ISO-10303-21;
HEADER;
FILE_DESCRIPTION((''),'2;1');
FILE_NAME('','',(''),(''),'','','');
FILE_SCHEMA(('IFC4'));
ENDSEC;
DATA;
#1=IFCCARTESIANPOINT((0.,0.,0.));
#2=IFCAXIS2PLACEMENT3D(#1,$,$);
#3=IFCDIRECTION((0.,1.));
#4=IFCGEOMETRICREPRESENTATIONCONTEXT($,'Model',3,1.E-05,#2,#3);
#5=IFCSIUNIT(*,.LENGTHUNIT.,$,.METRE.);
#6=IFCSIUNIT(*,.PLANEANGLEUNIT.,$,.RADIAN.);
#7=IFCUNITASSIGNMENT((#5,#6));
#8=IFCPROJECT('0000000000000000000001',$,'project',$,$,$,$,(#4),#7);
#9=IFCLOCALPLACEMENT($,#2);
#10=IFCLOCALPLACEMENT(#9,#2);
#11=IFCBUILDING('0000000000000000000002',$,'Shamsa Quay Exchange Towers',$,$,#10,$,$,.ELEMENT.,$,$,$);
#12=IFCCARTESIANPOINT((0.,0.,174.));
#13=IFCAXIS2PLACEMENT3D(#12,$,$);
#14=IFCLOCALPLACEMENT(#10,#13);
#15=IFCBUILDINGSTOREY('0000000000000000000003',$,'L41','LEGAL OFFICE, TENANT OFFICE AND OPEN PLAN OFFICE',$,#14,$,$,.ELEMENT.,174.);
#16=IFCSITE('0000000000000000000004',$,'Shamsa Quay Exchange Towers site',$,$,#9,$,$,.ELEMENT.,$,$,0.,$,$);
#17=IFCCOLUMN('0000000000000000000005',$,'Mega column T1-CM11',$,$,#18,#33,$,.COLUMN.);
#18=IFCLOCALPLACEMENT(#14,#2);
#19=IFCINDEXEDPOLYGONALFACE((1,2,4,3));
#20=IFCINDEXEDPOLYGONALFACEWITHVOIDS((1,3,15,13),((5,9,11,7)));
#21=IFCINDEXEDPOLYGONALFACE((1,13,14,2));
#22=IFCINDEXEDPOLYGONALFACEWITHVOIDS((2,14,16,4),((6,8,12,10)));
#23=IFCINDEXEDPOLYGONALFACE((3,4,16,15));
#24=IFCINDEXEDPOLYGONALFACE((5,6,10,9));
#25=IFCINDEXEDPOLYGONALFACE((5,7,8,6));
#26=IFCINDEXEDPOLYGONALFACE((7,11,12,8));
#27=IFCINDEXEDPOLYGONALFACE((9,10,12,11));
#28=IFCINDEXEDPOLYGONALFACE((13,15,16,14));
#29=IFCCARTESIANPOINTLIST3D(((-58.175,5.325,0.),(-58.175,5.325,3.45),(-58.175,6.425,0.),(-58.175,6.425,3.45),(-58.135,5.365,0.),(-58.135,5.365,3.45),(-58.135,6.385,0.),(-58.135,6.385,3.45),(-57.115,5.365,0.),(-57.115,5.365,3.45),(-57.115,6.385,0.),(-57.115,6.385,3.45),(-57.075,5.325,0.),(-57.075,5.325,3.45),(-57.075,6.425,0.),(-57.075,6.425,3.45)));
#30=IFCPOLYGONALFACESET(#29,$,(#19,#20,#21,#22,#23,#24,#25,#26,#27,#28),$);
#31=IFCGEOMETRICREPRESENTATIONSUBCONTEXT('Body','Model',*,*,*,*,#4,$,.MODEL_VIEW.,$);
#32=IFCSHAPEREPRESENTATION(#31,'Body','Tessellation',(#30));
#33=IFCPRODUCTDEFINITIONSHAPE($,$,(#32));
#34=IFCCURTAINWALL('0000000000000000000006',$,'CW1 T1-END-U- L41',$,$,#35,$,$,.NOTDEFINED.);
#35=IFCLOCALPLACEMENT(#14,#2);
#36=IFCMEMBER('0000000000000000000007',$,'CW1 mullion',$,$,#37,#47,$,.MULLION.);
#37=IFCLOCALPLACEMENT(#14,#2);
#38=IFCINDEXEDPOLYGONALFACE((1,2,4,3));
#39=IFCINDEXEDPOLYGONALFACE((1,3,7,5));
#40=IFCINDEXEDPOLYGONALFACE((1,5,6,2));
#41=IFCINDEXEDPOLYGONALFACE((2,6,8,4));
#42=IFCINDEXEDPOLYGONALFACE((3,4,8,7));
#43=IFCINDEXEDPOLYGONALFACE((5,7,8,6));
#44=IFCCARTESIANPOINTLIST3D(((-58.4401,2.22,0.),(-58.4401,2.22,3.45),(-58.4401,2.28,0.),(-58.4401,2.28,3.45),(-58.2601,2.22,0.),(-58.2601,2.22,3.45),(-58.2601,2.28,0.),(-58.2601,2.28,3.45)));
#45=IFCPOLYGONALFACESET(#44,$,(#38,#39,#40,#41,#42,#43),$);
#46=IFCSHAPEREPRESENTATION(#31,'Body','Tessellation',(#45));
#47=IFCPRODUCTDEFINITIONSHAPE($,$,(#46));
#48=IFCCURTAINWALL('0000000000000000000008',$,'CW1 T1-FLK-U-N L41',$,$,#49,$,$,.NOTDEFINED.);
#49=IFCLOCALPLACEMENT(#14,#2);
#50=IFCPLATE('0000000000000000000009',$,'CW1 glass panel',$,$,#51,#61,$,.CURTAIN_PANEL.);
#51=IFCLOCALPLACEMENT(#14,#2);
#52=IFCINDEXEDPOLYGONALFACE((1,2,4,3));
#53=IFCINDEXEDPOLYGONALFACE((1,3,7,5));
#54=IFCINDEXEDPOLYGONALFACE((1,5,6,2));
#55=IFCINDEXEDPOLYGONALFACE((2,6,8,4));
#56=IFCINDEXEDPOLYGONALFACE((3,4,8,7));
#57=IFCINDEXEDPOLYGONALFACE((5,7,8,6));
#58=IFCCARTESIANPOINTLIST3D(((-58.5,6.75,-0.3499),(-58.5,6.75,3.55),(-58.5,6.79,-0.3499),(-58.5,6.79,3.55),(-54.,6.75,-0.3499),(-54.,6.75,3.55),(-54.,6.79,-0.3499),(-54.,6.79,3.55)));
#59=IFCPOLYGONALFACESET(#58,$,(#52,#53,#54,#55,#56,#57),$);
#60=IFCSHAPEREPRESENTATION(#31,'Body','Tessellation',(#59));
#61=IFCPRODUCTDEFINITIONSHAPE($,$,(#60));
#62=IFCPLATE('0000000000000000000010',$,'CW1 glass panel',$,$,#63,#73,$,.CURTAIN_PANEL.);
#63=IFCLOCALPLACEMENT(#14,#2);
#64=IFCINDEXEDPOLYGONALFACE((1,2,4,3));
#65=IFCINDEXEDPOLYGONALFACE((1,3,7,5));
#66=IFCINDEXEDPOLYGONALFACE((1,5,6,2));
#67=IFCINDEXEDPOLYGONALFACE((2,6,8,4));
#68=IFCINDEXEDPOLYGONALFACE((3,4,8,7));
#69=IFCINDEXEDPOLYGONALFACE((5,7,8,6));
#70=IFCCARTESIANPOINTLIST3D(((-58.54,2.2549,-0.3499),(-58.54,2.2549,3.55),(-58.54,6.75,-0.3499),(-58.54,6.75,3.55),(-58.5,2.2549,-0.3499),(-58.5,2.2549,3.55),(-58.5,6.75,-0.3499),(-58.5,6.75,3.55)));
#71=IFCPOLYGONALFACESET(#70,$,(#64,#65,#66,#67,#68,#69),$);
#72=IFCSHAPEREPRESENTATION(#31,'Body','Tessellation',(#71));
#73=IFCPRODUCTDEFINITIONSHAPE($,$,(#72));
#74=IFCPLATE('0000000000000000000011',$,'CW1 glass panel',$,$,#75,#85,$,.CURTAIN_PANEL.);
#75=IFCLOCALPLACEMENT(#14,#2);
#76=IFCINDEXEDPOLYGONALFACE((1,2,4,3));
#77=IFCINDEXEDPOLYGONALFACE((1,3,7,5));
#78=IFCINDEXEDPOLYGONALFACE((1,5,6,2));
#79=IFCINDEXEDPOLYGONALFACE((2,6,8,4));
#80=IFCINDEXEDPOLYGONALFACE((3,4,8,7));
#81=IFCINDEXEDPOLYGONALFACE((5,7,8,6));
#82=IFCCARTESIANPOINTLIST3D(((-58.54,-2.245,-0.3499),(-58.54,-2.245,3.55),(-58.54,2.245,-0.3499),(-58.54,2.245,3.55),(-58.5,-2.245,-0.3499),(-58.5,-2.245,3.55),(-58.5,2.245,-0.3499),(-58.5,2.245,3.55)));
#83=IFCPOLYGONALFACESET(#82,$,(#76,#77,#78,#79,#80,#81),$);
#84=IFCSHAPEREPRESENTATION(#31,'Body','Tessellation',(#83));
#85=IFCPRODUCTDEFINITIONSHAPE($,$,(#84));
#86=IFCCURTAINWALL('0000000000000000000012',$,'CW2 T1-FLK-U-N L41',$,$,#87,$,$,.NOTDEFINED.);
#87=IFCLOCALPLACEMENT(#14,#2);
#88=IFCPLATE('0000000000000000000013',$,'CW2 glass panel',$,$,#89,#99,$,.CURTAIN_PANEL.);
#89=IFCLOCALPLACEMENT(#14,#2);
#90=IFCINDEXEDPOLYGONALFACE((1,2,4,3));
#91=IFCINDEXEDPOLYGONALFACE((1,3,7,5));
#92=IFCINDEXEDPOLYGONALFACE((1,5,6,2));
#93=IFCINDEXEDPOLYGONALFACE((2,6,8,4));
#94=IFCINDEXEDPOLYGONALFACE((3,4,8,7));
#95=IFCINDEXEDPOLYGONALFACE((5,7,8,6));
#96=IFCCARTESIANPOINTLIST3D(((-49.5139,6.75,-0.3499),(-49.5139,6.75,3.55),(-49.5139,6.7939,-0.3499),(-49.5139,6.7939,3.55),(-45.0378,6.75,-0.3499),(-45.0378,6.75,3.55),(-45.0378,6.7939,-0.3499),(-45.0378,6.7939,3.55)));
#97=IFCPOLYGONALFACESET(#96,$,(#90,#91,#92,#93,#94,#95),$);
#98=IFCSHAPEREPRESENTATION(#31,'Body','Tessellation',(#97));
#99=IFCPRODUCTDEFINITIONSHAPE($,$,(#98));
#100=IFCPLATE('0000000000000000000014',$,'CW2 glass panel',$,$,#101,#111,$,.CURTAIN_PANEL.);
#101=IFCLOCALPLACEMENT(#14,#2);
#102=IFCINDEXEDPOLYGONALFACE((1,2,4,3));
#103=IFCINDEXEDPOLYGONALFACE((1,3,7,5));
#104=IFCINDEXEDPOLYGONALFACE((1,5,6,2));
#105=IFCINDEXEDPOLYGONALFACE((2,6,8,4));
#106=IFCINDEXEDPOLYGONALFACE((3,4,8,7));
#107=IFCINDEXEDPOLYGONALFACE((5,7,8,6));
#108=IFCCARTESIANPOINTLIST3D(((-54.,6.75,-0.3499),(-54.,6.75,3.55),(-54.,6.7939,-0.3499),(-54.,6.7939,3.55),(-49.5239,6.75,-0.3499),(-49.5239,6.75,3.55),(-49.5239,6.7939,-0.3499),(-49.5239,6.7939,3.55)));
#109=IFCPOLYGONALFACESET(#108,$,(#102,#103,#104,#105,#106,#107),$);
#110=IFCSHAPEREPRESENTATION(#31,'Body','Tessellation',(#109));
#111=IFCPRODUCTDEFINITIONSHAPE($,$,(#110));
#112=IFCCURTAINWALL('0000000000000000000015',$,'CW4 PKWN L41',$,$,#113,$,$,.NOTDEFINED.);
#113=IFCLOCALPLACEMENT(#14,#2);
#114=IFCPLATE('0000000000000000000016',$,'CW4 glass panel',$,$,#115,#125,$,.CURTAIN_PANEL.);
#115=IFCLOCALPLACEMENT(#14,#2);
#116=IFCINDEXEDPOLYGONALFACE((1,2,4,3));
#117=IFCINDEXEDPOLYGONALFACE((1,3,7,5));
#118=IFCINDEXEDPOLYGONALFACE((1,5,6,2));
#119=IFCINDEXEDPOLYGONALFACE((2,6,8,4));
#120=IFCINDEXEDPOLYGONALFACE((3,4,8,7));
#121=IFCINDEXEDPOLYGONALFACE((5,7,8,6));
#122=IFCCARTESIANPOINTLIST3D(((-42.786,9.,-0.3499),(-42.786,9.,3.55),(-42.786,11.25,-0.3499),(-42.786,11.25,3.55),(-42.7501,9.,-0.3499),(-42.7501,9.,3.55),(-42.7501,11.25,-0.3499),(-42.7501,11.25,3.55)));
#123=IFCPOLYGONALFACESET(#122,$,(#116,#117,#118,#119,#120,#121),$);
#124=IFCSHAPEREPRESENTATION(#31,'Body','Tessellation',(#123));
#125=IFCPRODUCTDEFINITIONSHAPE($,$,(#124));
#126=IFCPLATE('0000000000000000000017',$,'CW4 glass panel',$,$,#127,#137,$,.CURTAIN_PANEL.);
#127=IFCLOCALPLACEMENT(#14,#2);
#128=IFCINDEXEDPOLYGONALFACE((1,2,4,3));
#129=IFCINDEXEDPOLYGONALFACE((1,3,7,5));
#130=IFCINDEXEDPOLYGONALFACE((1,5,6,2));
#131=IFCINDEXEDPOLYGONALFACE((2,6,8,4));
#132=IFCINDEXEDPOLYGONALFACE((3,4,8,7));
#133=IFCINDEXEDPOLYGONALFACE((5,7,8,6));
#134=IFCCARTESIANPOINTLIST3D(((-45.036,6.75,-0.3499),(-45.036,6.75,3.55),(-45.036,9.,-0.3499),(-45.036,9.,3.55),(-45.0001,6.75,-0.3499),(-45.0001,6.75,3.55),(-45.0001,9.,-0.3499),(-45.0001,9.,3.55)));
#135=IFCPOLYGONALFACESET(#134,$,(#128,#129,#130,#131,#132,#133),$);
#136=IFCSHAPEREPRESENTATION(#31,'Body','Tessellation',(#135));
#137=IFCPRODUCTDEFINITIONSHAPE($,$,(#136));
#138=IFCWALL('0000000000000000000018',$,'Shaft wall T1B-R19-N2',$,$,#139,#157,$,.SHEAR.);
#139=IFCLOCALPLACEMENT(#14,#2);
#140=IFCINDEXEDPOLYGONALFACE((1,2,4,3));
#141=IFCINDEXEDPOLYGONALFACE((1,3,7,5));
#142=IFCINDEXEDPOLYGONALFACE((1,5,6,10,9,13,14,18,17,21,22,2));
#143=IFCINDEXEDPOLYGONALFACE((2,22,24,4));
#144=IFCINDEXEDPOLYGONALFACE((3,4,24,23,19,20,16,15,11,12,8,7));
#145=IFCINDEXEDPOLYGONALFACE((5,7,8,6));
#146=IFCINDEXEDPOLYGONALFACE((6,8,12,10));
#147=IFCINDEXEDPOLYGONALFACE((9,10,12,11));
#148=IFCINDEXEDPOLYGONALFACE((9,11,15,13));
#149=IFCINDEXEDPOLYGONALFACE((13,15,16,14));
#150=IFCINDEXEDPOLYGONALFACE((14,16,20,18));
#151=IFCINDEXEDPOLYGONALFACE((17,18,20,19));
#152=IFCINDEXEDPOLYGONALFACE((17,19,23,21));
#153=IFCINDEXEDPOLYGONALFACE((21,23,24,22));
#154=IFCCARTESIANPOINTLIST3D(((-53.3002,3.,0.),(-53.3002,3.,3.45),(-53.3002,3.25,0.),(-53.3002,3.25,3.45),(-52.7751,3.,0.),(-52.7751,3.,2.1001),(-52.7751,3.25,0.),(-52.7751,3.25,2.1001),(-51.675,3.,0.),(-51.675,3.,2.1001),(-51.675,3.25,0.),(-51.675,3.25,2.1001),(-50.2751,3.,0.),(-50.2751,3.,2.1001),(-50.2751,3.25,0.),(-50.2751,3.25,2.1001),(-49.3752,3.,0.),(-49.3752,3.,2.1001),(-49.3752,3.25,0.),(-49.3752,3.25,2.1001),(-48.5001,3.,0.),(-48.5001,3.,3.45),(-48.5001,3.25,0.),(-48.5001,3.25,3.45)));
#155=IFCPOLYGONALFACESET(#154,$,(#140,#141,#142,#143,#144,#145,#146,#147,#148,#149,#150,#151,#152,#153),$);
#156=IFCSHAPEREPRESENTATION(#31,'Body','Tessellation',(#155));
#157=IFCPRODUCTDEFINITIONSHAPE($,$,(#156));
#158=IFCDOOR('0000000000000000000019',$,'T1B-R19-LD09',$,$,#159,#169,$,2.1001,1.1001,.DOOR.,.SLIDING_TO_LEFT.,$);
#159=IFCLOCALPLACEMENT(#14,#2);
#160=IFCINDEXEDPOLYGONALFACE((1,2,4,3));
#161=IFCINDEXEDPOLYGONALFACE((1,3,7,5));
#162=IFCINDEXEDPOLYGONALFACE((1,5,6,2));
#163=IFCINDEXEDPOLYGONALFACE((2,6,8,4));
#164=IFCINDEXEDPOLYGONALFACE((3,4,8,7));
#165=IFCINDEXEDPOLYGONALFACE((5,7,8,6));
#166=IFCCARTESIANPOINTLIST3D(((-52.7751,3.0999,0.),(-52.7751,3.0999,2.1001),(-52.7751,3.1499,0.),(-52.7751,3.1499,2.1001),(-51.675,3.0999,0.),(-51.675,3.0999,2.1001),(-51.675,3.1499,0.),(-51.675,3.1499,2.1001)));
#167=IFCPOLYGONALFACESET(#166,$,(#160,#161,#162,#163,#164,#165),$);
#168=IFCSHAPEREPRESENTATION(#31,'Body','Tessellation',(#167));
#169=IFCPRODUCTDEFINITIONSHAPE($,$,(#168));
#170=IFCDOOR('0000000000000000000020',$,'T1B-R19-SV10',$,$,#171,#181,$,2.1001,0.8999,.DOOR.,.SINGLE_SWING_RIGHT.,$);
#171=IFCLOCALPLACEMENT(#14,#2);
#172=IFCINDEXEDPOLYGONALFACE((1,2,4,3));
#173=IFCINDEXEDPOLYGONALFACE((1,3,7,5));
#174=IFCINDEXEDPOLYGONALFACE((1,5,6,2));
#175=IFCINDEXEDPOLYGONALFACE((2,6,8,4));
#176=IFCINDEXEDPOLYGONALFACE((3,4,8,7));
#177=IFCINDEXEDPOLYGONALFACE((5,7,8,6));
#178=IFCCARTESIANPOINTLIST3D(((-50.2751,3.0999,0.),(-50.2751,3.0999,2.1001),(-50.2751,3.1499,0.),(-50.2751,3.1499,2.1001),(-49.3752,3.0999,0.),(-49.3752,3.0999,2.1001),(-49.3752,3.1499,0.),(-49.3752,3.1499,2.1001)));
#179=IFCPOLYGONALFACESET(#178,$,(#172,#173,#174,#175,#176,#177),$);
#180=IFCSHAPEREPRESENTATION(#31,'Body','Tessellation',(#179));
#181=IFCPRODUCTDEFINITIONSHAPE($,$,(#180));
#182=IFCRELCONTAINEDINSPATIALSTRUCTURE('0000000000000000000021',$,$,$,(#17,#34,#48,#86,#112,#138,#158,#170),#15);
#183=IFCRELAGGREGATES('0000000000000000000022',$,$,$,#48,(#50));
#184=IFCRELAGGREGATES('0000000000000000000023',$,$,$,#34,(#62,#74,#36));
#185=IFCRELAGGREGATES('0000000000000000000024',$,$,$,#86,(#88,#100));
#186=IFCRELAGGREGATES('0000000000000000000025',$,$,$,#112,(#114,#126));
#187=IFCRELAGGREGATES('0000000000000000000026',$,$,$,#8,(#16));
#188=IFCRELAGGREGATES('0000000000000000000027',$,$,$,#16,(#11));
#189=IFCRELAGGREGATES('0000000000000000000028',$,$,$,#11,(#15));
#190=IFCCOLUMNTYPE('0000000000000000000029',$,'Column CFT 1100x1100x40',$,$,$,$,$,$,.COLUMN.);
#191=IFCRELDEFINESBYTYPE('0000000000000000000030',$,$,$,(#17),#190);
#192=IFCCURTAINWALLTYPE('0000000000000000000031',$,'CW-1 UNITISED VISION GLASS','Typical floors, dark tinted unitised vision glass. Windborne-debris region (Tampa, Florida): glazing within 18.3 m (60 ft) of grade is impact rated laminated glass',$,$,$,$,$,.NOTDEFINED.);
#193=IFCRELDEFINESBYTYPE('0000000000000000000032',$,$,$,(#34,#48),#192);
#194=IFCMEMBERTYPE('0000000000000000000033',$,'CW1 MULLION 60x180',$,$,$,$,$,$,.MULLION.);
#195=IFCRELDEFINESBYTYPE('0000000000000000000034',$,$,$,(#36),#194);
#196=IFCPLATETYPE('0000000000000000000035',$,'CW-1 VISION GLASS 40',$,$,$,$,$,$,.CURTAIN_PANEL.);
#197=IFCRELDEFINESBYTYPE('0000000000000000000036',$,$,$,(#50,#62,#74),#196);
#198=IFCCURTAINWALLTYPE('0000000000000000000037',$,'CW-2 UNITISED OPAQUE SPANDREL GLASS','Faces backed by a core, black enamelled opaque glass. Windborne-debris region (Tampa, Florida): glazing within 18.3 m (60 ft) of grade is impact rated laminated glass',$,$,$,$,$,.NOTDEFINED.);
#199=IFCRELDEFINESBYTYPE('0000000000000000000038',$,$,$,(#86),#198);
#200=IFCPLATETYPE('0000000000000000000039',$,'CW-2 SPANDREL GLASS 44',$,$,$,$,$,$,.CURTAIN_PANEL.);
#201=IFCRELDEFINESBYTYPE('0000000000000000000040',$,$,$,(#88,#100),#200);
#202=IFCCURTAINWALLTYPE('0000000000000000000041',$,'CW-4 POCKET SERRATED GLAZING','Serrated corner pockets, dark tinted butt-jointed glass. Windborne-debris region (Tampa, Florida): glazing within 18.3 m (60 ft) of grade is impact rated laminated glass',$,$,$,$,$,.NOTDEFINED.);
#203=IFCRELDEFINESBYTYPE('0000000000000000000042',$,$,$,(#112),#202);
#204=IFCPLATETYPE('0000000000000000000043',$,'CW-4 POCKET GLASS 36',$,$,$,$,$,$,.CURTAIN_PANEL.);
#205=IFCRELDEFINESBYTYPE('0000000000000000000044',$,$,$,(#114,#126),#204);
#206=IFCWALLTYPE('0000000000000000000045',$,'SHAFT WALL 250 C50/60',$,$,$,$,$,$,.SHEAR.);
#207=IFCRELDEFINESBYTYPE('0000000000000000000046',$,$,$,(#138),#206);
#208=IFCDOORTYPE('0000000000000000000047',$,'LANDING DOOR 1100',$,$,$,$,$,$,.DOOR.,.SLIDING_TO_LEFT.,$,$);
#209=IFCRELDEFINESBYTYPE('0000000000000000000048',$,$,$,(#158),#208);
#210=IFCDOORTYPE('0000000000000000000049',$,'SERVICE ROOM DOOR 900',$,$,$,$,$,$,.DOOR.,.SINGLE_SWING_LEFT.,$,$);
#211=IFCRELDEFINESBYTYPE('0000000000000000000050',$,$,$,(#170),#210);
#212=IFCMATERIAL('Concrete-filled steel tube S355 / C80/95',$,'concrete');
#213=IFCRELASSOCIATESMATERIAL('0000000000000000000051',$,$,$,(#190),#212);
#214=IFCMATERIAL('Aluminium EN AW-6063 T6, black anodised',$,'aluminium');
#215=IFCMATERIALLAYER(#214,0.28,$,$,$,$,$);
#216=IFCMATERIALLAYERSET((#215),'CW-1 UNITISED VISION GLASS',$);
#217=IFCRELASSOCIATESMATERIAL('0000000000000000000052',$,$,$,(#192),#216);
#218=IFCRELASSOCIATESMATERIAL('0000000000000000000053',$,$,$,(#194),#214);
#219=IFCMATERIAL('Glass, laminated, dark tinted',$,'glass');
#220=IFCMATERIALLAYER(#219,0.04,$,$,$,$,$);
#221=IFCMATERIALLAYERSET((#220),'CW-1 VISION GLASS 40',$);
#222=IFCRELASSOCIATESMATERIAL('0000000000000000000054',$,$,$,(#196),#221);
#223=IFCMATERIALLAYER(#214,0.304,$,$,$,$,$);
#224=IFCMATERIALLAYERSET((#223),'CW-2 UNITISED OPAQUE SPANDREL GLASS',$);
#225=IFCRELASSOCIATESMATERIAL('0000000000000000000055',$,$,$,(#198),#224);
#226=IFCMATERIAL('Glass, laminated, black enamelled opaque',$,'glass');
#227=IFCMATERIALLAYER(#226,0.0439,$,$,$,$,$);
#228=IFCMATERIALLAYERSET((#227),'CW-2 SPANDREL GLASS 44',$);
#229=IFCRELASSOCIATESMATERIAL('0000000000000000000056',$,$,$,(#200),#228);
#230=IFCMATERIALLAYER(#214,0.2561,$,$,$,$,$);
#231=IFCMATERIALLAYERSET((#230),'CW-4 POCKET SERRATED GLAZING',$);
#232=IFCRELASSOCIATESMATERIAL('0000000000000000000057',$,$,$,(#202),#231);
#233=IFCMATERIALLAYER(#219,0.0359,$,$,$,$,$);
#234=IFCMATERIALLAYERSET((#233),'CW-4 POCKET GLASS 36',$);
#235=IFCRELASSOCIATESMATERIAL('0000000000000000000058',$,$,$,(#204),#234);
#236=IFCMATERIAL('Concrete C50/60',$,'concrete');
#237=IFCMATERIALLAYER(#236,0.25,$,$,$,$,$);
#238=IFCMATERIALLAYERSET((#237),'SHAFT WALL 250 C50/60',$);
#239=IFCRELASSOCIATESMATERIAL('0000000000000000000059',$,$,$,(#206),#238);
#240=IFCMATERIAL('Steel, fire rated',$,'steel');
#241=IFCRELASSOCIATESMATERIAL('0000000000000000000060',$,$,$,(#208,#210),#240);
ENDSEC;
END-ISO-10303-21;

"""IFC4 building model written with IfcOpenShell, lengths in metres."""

from ifc_helpers import new_model, si_unit, direction, frame, frame_2d, origin, origin_2d, place, context, subcontext, project, spatial, rectangle, hollow_rectangle, extrude, material, layer, layer_set, material_profile, profile_set, type_object, element, fill, aggregate, save


model = new_model("IFC4")

# Units and contexts
model_context = context("Model", 3, precision=1e-05, world=origin(), true_north=direction((0.0, 1.0)))
body_context = subcontext(model_context, "Body", "Model", "MODEL_VIEW")
ifc_project = project(units=[si_unit("LENGTHUNIT", "METRE"), si_unit("PLANEANGLEUNIT", "RADIAN")], contexts=[model_context])

# Site, building, storey
site_placement = place(None, origin())
site = spatial("IfcSite", under=ifc_project, at=site_placement, Name="Shamsa Quay Exchange Towers site", CompositionType="ELEMENT", RefElevation=0.0)
building_placement = place(site_placement, origin())
building = spatial("IfcBuilding", under=site, at=building_placement, Name="Shamsa Quay Exchange Towers", CompositionType="ELEMENT")
storey_placement = place(building_placement, frame((0.0, 0.0, 174.0)))
storey = spatial("IfcBuildingStorey", under=building, at=storey_placement, Name="L41", Description="LEGAL OFFICE, TENANT OFFICE AND OPEN PLAN OFFICE", CompositionType="ELEMENT", Elevation=174.0)

# Column
ifc_material_1 = material(Name="Concrete-filled steel tube S355 / C80/95", Category="concrete")
ifc_material_profile_1 = material_profile(ifc_material_1, hollow_rectangle(XDim=1.1001, YDim=1.1001, WallThickness=0.04, at=origin_2d()), Name="CFT 1100x1100x40")
ifc_profile_set_1 = profile_set([ifc_material_profile_1], Name="Concrete-filled steel tube S355 / C80/95")
column_type = type_object("IfcColumnType", Name="Column CFT 1100x1100x40", PredefinedType="COLUMN", material=ifc_profile_set_1)
column_placement = place(storey_placement, frame((-57.625, 5.875, 0.0)))
element("IfcColumn", 1, at=column_placement, inside=storey, type_object=column_type, Name="Mega column T1-CM11", PredefinedType="COLUMN", context=body_context, shape_type="SweptSolid", body=[
    extrude(hollow_rectangle(XDim=1.1001, YDim=1.1001, WallThickness=0.04, at=origin_2d()), origin(), (0.0, 0.0, 1.0), 3.45),
])

# Curtain wall, member
ifc_material_2 = material(Name="Aluminium EN AW-6063 T6, black anodised", Category="aluminium")
ifc_layer_1 = layer(ifc_material_2, 0.28)
ifc_layer_set_1 = layer_set([ifc_layer_1], Name="CW-1 UNITISED VISION GLASS")
curtain_wall_type_1 = type_object("IfcCurtainWallType", Name="CW-1 UNITISED VISION GLASS", Description="Typical floors, dark tinted unitised vision glass. Windborne-debris region (Tampa, Florida): glazing within 18.3 m (60 ft) of grade is impact rated laminated glass", PredefinedType="NOTDEFINED", material=ifc_layer_set_1)
curtain_wall_1_placement = place(storey_placement, origin())
curtain_wall_1 = element("IfcCurtainWall", 2, at=curtain_wall_1_placement, inside=storey, type_object=curtain_wall_type_1, Name="CW1 T1-END-U- L41", PredefinedType="NOTDEFINED")
ifc_material_profile_2 = material_profile(ifc_material_2, rectangle(XDim=0.1799, YDim=0.0601, at=origin_2d()), Name="MU60x180")
ifc_profile_set_2 = profile_set([ifc_material_profile_2], Name="Aluminium EN AW-6063 T6, black anodised")
member_type = type_object("IfcMemberType", Name="CW1 MULLION 60x180", PredefinedType="MULLION", material=ifc_profile_set_2)
member_placement = place(storey_placement, frame((-58.3501, 2.25, 0.0)))
member = element("IfcMember", 3, at=member_placement, type_object=member_type, Name="CW1 mullion", PredefinedType="MULLION", context=body_context, shape_type="SweptSolid", body=[
    extrude(rectangle(XDim=0.1799, YDim=0.0601, at=origin_2d()), origin(), (0.0, 0.0, 1.0), 3.45),
])

# Curtain wall, plate
curtain_wall_2_placement = place(storey_placement, origin())
curtain_wall_2 = element("IfcCurtainWall", 4, at=curtain_wall_2_placement, inside=storey, type_object=curtain_wall_type_1, Name="CW1 T1-FLK-U-N L41", PredefinedType="NOTDEFINED")
ifc_material_3 = material(Name="Glass, laminated, dark tinted", Category="glass")
ifc_layer_2 = layer(ifc_material_3, 0.04)
ifc_layer_set_2 = layer_set([ifc_layer_2], Name="CW-1 VISION GLASS 40")
plate_type_1 = type_object("IfcPlateType", Name="CW-1 VISION GLASS 40", PredefinedType="CURTAIN_PANEL", material=ifc_layer_set_2)
plate_1_placement = place(storey_placement, frame((-56.25, 6.77, -0.3499), z_axis=(0.0, 0.0, 1.0), x_axis=(-1.0, 0.0, 0.0)))
plate_1 = element("IfcPlate", 5, at=plate_1_placement, type_object=plate_type_1, Name="CW1 glass panel", PredefinedType="CURTAIN_PANEL", context=body_context, shape_type="SweptSolid", body=[
    extrude(rectangle(XDim=4.5, YDim=0.04, at=origin_2d()), origin(), (0.0, 0.0, 1.0), 3.8999),
])
aggregate(curtain_wall_2, [plate_1])

# Plates
plate_2_placement = place(storey_placement, frame((-58.52, 4.5024, -0.3499), z_axis=(0.0, 0.0, 1.0), x_axis=(0.0, -1.0, 0.0)))
plate_2 = element("IfcPlate", 6, at=plate_2_placement, type_object=plate_type_1, Name="CW1 glass panel", PredefinedType="CURTAIN_PANEL", context=body_context, shape_type="SweptSolid", body=[
    extrude(rectangle(XDim=4.4951, YDim=0.04, at=origin_2d()), origin(), (0.0, 0.0, 1.0), 3.8999),
])
plate_3_placement = place(storey_placement, frame((-58.52, 0.0, -0.3499), z_axis=(0.0, 0.0, 1.0), x_axis=(0.0, -1.0, 0.0)))
plate_3 = element("IfcPlate", 7, at=plate_3_placement, type_object=plate_type_1, Name="CW1 glass panel", PredefinedType="CURTAIN_PANEL", context=body_context, shape_type="SweptSolid", body=[
    extrude(rectangle(XDim=4.49, YDim=0.04, at=origin_2d()), origin(), (0.0, 0.0, 1.0), 3.8999),
])
aggregate(curtain_wall_1, [plate_2, plate_3, member])

# Curtain walls, plates
ifc_layer_3 = layer(ifc_material_2, 0.304)
ifc_layer_set_3 = layer_set([ifc_layer_3], Name="CW-2 UNITISED OPAQUE SPANDREL GLASS")
curtain_wall_type_2 = type_object("IfcCurtainWallType", Name="CW-2 UNITISED OPAQUE SPANDREL GLASS", Description="Faces backed by a core, black enamelled opaque glass. Windborne-debris region (Tampa, Florida): glazing within 18.3 m (60 ft) of grade is impact rated laminated glass", PredefinedType="NOTDEFINED", material=ifc_layer_set_3)
curtain_wall_3_placement = place(storey_placement, origin())
curtain_wall_3 = element("IfcCurtainWall", 8, at=curtain_wall_3_placement, inside=storey, type_object=curtain_wall_type_2, Name="CW2 T1-FLK-U-N L41", PredefinedType="NOTDEFINED")
ifc_material_4 = material(Name="Glass, laminated, black enamelled opaque", Category="glass")
ifc_layer_4 = layer(ifc_material_4, 0.0439)
ifc_layer_set_4 = layer_set([ifc_layer_4], Name="CW-2 SPANDREL GLASS 44")
plate_type_2 = type_object("IfcPlateType", Name="CW-2 SPANDREL GLASS 44", PredefinedType="CURTAIN_PANEL", material=ifc_layer_set_4)
plate_4_placement = place(storey_placement, frame((-47.2759, 6.772, -0.3499), z_axis=(0.0, 0.0, 1.0), x_axis=(-1.0, 0.0, 0.0)))
plate_4 = element("IfcPlate", 9, at=plate_4_placement, type_object=plate_type_2, Name="CW2 glass panel", PredefinedType="CURTAIN_PANEL", context=body_context, shape_type="SweptSolid", body=[
    extrude(rectangle(XDim=4.4761, YDim=0.0439, at=origin_2d()), origin(), (0.0, 0.0, 1.0), 3.8999),
])
plate_5_placement = place(storey_placement, frame((-51.762, 6.772, -0.3499), z_axis=(0.0, 0.0, 1.0), x_axis=(-1.0, 0.0, 0.0)))
plate_5 = element("IfcPlate", 10, at=plate_5_placement, type_object=plate_type_2, Name="CW2 glass panel", PredefinedType="CURTAIN_PANEL", context=body_context, shape_type="SweptSolid", body=[
    extrude(rectangle(XDim=4.4761, YDim=0.0439, at=origin_2d()), origin(), (0.0, 0.0, 1.0), 3.8999),
])
aggregate(curtain_wall_3, [plate_4, plate_5])
ifc_layer_5 = layer(ifc_material_2, 0.2561)
ifc_layer_set_5 = layer_set([ifc_layer_5], Name="CW-4 POCKET SERRATED GLAZING")
curtain_wall_type_3 = type_object("IfcCurtainWallType", Name="CW-4 POCKET SERRATED GLAZING", Description="Serrated corner pockets, dark tinted butt-jointed glass. Windborne-debris region (Tampa, Florida): glazing within 18.3 m (60 ft) of grade is impact rated laminated glass", PredefinedType="NOTDEFINED", material=ifc_layer_set_5)
curtain_wall_4_placement = place(storey_placement, origin())
curtain_wall_4 = element("IfcCurtainWall", 11, at=curtain_wall_4_placement, inside=storey, type_object=curtain_wall_type_3, Name="CW4 PKWN L41", PredefinedType="NOTDEFINED")
ifc_layer_6 = layer(ifc_material_3, 0.0359)
ifc_layer_set_6 = layer_set([ifc_layer_6], Name="CW-4 POCKET GLASS 36")
plate_type_3 = type_object("IfcPlateType", Name="CW-4 POCKET GLASS 36", PredefinedType="CURTAIN_PANEL", material=ifc_layer_set_6)
plate_6_placement = place(storey_placement, frame((-42.7681, 10.125, -0.3499), z_axis=(0.0, 0.0, 1.0), x_axis=(0.0, -1.0, 0.0)))
plate_6 = element("IfcPlate", 12, at=plate_6_placement, type_object=plate_type_3, Name="CW4 glass panel", PredefinedType="CURTAIN_PANEL", context=body_context, shape_type="SweptSolid", body=[
    extrude(rectangle(XDim=2.25, YDim=0.0359, at=origin_2d()), origin(), (0.0, 0.0, 1.0), 3.8999),
])
plate_7_placement = place(storey_placement, frame((-45.0181, 7.875, -0.3499), z_axis=(0.0, 0.0, 1.0), x_axis=(0.0, -1.0, 0.0)))
plate_7 = element("IfcPlate", 13, at=plate_7_placement, type_object=plate_type_3, Name="CW4 glass panel", PredefinedType="CURTAIN_PANEL", context=body_context, shape_type="SweptSolid", body=[
    extrude(rectangle(XDim=2.25, YDim=0.0359, at=origin_2d()), origin(), (0.0, 0.0, 1.0), 3.8999),
])
aggregate(curtain_wall_4, [plate_6, plate_7])

# Wall, openings, doors
ifc_material_5 = material(Name="Concrete C50/60", Category="concrete")
ifc_layer_7 = layer(ifc_material_5, 0.25)
ifc_layer_set_7 = layer_set([ifc_layer_7], Name="SHAFT WALL 250 C50/60")
wall_type_1 = type_object("IfcWallType", Name="SHAFT WALL 250 C50/60", PredefinedType="SHEAR", material=ifc_layer_set_7)
wall_1_placement = place(storey_placement, frame((-53.3, 3.125, 0.0)))
wall_1 = element("IfcWall", 14, at=wall_1_placement, inside=storey, type_object=wall_type_1, Name="Shaft wall T1B-R19-N2", PredefinedType="SHEAR", context=body_context, shape_type="SweptSolid", body=[
    extrude(rectangle(XDim=4.8, YDim=0.25, at=frame_2d((2.3999, 0.0))), origin(), (0.0, 0.0, 1.0), 3.45),
])
opening_1_placement = place(wall_1_placement, frame((0.5249, 0.0, 0.0)))
opening_1 = element("IfcOpeningElement", 15, at=opening_1_placement, cuts=wall_1, PredefinedType="OPENING", context=body_context, shape_type="SweptSolid", body=[
    extrude(rectangle(XDim=1.1001, YDim=2.1001, at=frame_2d((0.55, 1.05))), frame((0.0, 0.135, 0.0), z_axis=(0.0, -1.0, 0.0), x_axis=(1.0, 0.0, 0.0)), (0.0, 0.0, 1.0), 0.27),
])
opening_2_placement = place(wall_1_placement, frame((3.0249, 0.0, 0.0)))
opening_2 = element("IfcOpeningElement", 16, at=opening_2_placement, cuts=wall_1, PredefinedType="OPENING", context=body_context, shape_type="SweptSolid", body=[
    extrude(rectangle(XDim=0.8999, YDim=2.1001, at=frame_2d((0.45, 1.05))), frame((0.0, 0.135, 0.0), z_axis=(0.0, -1.0, 0.0), x_axis=(1.0, 0.0, 0.0)), (0.0, 0.0, 1.0), 0.27),
])
ifc_material_6 = material(Name="Steel, fire rated", Category="steel")
door_type_1 = type_object("IfcDoorType", Name="LANDING DOOR 1100", OperationType="SLIDING_TO_LEFT", PredefinedType="DOOR", material=ifc_material_6)
door_1_placement = place(opening_1_placement, origin())
door_1 = element("IfcDoor", 17, at=door_1_placement, inside=storey, type_object=door_type_1, Name="T1B-R19-LD09", OperationType="SLIDING_TO_LEFT", OverallHeight=2.1001, OverallWidth=1.1001, PredefinedType="DOOR", context=body_context, shape_type="SweptSolid", body=[
    extrude(rectangle(XDim=1.1001, YDim=2.1001, at=frame_2d((0.55, 1.05))), frame((0.0, 0.0249, 0.0), z_axis=(0.0, -1.0, 0.0), x_axis=(1.0, 0.0, 0.0)), (0.0, 0.0, 1.0), 0.05),
])
fill(opening_1, door_1)
door_type_2 = type_object("IfcDoorType", Name="SERVICE ROOM DOOR 900", OperationType="SINGLE_SWING_LEFT", PredefinedType="DOOR", material=ifc_material_6)
door_2_placement = place(opening_2_placement, origin())
door_2 = element("IfcDoor", 18, at=door_2_placement, inside=storey, type_object=door_type_2, Name="T1B-R19-SV10", OperationType="SINGLE_SWING_RIGHT", OverallHeight=2.1001, OverallWidth=0.8999, PredefinedType="DOOR", context=body_context, shape_type="SweptSolid", body=[
    extrude(rectangle(XDim=0.8999, YDim=2.1001, at=frame_2d((0.45, 1.05))), frame((0.0, 0.0249, 0.0), z_axis=(0.0, -1.0, 0.0), x_axis=(1.0, 0.0, 0.0)), (0.0, 0.0, 1.0), 0.05),
])
fill(opening_2, door_2)

save(model, "model.ifc")
